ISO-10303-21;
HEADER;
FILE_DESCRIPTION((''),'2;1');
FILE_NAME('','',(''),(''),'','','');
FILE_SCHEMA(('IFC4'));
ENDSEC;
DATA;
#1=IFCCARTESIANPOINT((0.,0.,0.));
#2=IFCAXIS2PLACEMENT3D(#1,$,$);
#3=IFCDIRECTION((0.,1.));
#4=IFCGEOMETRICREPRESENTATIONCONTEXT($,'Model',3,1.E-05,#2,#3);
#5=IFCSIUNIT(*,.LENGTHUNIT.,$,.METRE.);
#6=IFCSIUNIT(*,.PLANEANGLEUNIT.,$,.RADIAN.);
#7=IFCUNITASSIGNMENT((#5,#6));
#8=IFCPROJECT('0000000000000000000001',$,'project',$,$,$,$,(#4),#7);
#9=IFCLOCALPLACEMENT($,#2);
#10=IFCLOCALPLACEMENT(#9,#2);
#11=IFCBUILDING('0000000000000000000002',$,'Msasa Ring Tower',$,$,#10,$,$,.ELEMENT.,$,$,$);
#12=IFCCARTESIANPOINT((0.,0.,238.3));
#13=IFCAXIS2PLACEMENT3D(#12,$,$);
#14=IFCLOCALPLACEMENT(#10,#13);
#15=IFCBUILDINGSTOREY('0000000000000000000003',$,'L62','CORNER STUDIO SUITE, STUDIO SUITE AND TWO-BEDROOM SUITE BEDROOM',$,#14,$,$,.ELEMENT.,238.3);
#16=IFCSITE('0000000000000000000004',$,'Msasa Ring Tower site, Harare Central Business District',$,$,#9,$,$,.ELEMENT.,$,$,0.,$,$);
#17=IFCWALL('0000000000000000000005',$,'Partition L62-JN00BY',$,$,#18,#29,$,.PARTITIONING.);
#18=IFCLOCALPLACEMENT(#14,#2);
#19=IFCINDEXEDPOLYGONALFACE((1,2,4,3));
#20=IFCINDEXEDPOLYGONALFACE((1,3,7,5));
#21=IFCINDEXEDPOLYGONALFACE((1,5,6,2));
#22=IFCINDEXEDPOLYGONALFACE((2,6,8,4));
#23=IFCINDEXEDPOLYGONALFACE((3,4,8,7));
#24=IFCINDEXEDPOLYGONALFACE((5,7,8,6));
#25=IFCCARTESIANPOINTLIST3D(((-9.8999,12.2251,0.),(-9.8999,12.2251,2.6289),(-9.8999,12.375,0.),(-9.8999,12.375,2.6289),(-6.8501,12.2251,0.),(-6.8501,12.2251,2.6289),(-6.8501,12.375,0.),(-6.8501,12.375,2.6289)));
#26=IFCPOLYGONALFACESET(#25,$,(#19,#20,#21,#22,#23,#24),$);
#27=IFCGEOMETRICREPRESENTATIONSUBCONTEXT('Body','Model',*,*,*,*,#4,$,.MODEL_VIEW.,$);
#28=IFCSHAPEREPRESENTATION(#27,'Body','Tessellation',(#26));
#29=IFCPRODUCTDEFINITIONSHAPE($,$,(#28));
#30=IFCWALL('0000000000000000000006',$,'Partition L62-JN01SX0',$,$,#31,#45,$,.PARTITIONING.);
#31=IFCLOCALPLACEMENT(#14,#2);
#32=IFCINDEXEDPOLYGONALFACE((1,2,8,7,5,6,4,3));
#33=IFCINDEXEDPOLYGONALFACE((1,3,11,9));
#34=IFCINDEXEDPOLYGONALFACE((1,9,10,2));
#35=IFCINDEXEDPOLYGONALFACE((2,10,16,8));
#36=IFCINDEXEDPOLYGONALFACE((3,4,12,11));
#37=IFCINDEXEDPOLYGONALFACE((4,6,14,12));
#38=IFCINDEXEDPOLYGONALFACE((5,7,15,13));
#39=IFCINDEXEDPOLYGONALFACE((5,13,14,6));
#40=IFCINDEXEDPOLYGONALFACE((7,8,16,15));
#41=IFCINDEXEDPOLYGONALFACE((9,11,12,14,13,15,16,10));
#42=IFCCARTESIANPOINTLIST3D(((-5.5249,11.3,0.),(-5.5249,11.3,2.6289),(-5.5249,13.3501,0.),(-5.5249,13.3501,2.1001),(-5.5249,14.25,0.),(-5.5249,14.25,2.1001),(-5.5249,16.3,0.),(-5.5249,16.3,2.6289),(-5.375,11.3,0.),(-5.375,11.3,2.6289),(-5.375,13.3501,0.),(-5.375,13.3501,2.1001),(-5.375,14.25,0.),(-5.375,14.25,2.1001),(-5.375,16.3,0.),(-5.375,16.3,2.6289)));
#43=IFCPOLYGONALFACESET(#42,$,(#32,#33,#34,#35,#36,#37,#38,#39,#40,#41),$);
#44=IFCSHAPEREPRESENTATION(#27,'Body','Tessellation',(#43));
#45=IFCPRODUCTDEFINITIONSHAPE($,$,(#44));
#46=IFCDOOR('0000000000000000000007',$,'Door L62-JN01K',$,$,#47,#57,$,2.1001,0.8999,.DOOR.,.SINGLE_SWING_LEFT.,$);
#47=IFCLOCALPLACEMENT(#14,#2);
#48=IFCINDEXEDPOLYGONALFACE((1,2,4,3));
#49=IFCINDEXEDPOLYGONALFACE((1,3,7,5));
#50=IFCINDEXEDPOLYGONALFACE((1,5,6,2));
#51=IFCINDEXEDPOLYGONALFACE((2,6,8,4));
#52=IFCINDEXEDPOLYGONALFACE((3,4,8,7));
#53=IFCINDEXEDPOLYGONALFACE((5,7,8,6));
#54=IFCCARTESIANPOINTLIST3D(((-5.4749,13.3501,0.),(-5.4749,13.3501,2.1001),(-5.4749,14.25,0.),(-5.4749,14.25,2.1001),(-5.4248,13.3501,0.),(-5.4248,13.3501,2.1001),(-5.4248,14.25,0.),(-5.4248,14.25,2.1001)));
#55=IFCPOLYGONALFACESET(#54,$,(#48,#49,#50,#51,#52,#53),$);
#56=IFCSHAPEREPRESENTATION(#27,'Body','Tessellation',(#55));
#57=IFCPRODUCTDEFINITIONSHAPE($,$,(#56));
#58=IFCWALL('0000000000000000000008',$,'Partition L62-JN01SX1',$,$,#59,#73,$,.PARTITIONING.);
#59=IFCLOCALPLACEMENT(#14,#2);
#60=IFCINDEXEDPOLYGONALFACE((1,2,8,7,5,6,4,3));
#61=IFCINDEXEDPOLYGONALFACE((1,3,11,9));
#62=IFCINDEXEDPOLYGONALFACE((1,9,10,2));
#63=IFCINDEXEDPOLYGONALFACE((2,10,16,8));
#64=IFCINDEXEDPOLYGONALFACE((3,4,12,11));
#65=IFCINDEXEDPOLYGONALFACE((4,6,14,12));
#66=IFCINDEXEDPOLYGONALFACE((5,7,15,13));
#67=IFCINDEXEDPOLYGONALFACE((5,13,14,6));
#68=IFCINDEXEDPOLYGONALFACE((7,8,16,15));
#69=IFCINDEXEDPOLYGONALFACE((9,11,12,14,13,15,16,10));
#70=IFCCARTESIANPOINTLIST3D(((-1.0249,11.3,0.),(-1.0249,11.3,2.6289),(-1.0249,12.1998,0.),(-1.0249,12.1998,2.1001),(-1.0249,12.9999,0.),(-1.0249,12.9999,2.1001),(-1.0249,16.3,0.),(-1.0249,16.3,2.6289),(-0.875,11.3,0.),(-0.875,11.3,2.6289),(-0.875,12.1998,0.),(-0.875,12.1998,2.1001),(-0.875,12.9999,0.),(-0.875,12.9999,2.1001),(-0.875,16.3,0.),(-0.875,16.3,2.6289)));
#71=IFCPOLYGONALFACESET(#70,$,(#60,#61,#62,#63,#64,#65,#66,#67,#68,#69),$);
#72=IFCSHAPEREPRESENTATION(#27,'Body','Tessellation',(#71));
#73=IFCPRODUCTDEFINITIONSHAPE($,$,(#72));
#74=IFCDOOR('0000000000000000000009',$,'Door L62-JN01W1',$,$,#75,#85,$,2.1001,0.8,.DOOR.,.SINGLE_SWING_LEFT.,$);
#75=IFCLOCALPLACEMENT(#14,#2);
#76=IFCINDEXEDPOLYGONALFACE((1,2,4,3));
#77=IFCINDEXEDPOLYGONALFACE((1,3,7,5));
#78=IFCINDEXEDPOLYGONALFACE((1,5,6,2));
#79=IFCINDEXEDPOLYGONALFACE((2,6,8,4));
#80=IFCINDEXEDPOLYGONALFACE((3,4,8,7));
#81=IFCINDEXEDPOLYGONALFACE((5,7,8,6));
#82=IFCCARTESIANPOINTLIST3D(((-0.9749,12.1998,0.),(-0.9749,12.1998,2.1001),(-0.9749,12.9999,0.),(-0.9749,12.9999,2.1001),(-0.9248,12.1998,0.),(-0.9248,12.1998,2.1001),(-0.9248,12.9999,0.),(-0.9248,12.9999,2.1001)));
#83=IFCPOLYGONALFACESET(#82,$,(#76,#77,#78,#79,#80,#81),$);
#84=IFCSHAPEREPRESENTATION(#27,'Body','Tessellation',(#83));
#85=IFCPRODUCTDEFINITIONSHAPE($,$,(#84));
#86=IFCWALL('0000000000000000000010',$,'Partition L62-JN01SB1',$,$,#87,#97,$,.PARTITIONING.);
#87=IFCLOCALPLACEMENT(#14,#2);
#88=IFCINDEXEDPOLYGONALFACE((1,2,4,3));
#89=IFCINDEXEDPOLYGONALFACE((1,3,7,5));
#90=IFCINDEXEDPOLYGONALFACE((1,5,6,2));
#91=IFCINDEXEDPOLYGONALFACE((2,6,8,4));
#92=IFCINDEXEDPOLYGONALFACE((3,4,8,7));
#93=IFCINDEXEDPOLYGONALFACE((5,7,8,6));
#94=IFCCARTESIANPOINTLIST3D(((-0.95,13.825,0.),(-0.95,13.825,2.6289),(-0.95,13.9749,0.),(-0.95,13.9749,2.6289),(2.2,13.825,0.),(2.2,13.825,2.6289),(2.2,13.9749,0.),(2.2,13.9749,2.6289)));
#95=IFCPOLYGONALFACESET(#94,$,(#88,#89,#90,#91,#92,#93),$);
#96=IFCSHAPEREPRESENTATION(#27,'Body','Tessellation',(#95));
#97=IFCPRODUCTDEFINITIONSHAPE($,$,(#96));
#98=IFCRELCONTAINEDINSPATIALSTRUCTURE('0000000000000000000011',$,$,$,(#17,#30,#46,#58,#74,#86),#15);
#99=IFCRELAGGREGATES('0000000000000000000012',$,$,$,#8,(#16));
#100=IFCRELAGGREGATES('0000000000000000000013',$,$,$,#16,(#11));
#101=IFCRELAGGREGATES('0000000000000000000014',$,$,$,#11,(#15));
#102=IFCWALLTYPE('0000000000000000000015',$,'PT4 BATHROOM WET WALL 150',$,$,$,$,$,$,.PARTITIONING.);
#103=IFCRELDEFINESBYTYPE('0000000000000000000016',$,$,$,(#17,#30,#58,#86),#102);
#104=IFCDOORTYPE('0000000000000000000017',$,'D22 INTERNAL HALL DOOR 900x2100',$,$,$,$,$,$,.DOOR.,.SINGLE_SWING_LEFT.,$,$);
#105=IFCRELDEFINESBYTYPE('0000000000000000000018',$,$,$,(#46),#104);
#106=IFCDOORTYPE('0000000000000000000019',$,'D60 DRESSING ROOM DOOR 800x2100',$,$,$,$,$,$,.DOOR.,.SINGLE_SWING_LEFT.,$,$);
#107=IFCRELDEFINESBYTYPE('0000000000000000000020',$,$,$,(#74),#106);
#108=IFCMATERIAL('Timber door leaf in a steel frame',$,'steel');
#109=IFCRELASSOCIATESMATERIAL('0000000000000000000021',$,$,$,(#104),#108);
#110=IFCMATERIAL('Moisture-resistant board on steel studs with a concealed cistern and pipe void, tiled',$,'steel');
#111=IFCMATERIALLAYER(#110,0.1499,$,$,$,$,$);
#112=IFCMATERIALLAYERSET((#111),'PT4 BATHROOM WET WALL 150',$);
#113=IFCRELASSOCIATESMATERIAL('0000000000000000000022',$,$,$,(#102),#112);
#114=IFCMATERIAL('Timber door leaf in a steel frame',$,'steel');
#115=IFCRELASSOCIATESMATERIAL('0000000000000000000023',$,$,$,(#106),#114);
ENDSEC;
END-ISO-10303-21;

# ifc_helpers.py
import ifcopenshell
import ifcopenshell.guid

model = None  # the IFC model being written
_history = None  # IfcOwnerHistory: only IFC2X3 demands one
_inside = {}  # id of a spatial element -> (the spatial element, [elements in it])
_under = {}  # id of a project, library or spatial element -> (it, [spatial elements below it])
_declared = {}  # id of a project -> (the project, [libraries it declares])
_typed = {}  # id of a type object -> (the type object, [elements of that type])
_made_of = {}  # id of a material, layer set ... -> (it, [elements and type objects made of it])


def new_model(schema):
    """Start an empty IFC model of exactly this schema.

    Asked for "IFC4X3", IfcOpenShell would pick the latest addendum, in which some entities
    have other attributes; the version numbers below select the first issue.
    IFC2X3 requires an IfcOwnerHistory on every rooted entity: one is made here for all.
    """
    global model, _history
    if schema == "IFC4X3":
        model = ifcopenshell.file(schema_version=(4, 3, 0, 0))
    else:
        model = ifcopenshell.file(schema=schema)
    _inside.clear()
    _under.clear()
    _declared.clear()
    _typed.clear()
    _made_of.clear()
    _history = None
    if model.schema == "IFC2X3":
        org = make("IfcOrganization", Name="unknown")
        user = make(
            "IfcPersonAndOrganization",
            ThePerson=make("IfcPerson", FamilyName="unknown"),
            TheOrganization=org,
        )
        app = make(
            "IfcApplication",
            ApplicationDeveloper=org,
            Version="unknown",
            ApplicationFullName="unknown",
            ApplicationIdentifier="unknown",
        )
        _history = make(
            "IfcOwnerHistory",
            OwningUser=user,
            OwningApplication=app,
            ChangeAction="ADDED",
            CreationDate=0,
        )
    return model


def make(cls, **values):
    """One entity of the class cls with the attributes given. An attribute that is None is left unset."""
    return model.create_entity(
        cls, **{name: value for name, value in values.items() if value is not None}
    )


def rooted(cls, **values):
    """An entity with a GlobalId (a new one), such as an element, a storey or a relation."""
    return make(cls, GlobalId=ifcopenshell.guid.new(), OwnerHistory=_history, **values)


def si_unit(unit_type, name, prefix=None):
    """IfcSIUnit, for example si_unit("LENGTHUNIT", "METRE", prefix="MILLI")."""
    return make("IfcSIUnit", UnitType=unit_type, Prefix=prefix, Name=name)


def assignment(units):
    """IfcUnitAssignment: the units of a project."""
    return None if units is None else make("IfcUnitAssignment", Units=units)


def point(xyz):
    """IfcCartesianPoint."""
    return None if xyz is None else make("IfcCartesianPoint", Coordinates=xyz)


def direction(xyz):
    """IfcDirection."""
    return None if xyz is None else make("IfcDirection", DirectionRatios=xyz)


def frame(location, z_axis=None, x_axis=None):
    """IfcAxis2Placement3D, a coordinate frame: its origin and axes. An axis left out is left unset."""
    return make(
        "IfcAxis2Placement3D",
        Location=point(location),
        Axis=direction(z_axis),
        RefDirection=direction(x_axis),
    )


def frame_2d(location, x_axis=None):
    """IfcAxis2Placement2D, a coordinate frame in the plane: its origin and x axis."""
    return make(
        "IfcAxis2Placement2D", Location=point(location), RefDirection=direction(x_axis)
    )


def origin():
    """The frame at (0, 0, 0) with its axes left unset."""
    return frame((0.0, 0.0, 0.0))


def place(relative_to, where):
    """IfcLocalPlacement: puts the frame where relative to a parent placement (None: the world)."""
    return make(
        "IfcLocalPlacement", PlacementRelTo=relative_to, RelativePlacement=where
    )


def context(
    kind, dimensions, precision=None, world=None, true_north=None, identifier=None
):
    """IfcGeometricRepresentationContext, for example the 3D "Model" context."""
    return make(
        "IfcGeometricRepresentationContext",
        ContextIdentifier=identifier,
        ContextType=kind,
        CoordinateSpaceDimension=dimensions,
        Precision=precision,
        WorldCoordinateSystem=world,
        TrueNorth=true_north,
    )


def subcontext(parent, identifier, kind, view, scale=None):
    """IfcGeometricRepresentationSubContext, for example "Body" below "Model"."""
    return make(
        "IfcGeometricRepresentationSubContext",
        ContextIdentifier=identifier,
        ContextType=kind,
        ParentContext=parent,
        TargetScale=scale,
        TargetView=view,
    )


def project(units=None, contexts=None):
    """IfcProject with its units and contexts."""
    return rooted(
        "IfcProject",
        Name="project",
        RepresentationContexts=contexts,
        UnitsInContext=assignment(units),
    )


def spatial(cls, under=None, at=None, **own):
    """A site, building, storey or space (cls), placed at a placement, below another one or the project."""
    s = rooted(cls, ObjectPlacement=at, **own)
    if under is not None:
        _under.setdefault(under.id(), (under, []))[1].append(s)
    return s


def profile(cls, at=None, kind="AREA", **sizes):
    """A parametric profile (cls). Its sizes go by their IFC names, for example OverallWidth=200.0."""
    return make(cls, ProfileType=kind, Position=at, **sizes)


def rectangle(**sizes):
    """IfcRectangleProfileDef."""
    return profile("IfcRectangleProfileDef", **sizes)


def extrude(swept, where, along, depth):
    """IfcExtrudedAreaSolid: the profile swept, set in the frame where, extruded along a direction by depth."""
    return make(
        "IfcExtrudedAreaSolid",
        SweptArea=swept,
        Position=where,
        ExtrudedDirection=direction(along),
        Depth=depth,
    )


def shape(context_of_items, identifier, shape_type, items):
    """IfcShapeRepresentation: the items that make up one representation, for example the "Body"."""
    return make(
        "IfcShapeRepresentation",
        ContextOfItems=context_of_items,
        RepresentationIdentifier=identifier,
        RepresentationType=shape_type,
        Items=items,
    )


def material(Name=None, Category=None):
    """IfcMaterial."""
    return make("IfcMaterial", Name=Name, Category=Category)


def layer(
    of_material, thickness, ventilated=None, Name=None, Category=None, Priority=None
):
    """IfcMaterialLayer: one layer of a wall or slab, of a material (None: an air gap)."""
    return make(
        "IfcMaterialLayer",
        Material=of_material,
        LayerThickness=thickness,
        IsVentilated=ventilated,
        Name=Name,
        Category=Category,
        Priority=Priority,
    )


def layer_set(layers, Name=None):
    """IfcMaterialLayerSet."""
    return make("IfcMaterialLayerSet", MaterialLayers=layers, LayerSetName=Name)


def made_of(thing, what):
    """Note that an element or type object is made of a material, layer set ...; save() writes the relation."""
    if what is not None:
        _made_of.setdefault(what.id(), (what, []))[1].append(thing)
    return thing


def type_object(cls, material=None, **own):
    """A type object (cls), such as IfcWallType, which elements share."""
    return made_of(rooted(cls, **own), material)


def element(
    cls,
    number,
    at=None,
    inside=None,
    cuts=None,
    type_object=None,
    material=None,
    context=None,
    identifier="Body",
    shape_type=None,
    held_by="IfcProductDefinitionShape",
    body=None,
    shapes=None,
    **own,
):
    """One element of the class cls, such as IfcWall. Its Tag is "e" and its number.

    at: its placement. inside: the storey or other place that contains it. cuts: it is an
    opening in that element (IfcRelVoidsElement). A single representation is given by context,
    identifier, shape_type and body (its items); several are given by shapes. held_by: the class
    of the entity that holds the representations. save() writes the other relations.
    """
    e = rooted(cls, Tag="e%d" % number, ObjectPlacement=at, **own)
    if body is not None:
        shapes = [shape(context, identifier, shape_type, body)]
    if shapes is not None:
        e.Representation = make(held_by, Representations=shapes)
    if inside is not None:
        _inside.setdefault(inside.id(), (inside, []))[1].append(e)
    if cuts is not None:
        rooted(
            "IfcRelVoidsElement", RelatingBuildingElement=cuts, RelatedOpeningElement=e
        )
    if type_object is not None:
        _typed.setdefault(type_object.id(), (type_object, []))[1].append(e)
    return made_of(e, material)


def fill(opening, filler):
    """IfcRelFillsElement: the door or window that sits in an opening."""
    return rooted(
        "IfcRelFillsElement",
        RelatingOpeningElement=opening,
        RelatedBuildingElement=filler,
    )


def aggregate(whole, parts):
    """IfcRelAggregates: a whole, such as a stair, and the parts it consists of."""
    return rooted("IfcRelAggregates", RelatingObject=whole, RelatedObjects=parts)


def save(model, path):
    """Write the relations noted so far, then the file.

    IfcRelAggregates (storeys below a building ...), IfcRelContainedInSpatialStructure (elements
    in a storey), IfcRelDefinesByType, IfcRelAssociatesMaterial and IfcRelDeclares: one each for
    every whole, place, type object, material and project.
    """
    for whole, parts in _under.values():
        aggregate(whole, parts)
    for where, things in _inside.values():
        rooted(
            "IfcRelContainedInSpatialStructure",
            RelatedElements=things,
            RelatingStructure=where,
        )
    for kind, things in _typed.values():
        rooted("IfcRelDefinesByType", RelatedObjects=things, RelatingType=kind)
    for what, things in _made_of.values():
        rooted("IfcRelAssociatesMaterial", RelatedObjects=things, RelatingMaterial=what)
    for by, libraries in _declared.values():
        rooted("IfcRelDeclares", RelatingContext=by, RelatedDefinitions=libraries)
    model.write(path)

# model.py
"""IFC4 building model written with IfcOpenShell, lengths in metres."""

from ifc_helpers import new_model, si_unit, direction, frame, frame_2d, origin, place, context, subcontext, project, spatial, rectangle, extrude, material, layer, layer_set, type_object, element, fill, save


model = new_model("IFC4")

# Units and contexts
model_context = context("Model", 3, precision=1e-05, world=origin(), true_north=direction((0.0, 1.0)))
body_context = subcontext(model_context, "Body", "Model", "MODEL_VIEW")
ifc_project = project(units=[si_unit("LENGTHUNIT", "METRE"), si_unit("PLANEANGLEUNIT", "RADIAN")], contexts=[model_context])

# Site, building, storey
site_placement = place(None, origin())
site = spatial("IfcSite", under=ifc_project, at=site_placement, Name="Msasa Ring Tower site, Harare Central Business District", CompositionType="ELEMENT", RefElevation=0.0)
building_placement = place(site_placement, origin())
building = spatial("IfcBuilding", under=site, at=building_placement, Name="Msasa Ring Tower", CompositionType="ELEMENT")
storey_placement = place(building_placement, frame((0.0, 0.0, 238.3)))
storey = spatial("IfcBuildingStorey", under=building, at=storey_placement, Name="L62", Description="CORNER STUDIO SUITE, STUDIO SUITE AND TWO-BEDROOM SUITE BEDROOM", CompositionType="ELEMENT", Elevation=238.3)

# Shared definitions
ifc_material_1 = material(Name="Timber door leaf in a steel frame", Category="steel")
door_type_1 = type_object("IfcDoorType", Name="D22 INTERNAL HALL DOOR 900x2100", OperationType="SINGLE_SWING_LEFT", PredefinedType="DOOR", material=ifc_material_1)

# Shared definitions
ifc_material_2 = material(Name="Moisture-resistant board on steel studs with a concealed cistern and pipe void, tiled", Category="steel")
ifc_layer_1 = layer(ifc_material_2, 0.1499)
ifc_layer_set_1 = layer_set([ifc_layer_1], Name="PT4 BATHROOM WET WALL 150")
wall_type_1 = type_object("IfcWallType", Name="PT4 BATHROOM WET WALL 150", PredefinedType="PARTITIONING", material=ifc_layer_set_1)

# Wall
wall_1_placement = place(storey_placement, frame((-9.8999, 12.3, 0.0), z_axis=(0.0, 0.0, 1.0), x_axis=(1.0, 0.0, 0.0)))
element("IfcWall", 1, at=wall_1_placement, inside=storey, type_object=wall_type_1, Name="Partition L62-JN00BY", PredefinedType="PARTITIONING", context=body_context, shape_type="SweptSolid", body=[
    extrude(rectangle(XDim=3.0498, YDim=0.1499, at=frame_2d((1.5249, 0.0))), origin(), (0.0, 0.0, 1.0), 2.6289),
])

# Walls, openings, doors
wall_2_placement = place(storey_placement, frame((-5.45, 11.3, 0.0), z_axis=(0.0, 0.0, 1.0), x_axis=(0.0, 1.0, 0.0)))
wall_2 = element("IfcWall", 2, at=wall_2_placement, inside=storey, type_object=wall_type_1, Name="Partition L62-JN01SX0", PredefinedType="PARTITIONING", context=body_context, shape_type="SweptSolid", body=[
    extrude(rectangle(XDim=5.0, YDim=0.1499, at=frame_2d((2.5, 0.0))), origin(), (0.0, 0.0, 1.0), 2.6289),
])
opening_1_placement = place(wall_2_placement, frame((2.05, 0.0, 0.0)))
opening_1 = element("IfcOpeningElement", 3, at=opening_1_placement, cuts=wall_2, PredefinedType="OPENING", context=body_context, shape_type="SweptSolid", body=[
    extrude(rectangle(XDim=0.8999, YDim=2.1001, at=frame_2d((0.45, 1.05))), frame((0.0, 0.085, 0.0), z_axis=(0.0, -1.0, 0.0), x_axis=(1.0, 0.0, 0.0)), (0.0, 0.0, 1.0), 0.1699),
])
door_1_placement = place(opening_1_placement, origin())
door_1 = element("IfcDoor", 4, at=door_1_placement, inside=storey, type_object=door_type_1, Name="Door L62-JN01K", OperationType="SINGLE_SWING_LEFT", OverallHeight=2.1001, OverallWidth=0.8999, PredefinedType="DOOR", context=body_context, shape_type="SweptSolid", body=[
    extrude(rectangle(XDim=0.8999, YDim=2.1001, at=frame_2d((0.45, 1.05))), frame((0.0, 0.0249, 0.0), z_axis=(0.0, -1.0, 0.0), x_axis=(1.0, 0.0, 0.0)), (0.0, 0.0, 1.0), 0.05),
])
fill(opening_1, door_1)
wall_3_placement = place(storey_placement, frame((-0.95, 11.3, 0.0), z_axis=(0.0, 0.0, 1.0), x_axis=(0.0, 1.0, 0.0)))
wall_3 = element("IfcWall", 5, at=wall_3_placement, inside=storey, type_object=wall_type_1, Name="Partition L62-JN01SX1", PredefinedType="PARTITIONING", context=body_context, shape_type="SweptSolid", body=[
    extrude(rectangle(XDim=5.0, YDim=0.1499, at=frame_2d((2.5, 0.0))), origin(), (0.0, 0.0, 1.0), 2.6289),
])
opening_2_placement = place(wall_3_placement, frame((0.8999, 0.0, 0.0)))
opening_2 = element("IfcOpeningElement", 6, at=opening_2_placement, cuts=wall_3, PredefinedType="OPENING", context=body_context, shape_type="SweptSolid", body=[
    extrude(rectangle(XDim=0.8, YDim=2.1001, at=frame_2d((0.3999, 1.05))), frame((0.0, 0.085, 0.0), z_axis=(0.0, -1.0, 0.0), x_axis=(1.0, 0.0, 0.0)), (0.0, 0.0, 1.0), 0.1699),
])
ifc_material_3 = material(Name="Timber door leaf in a steel frame", Category="steel")
door_type_2 = type_object("IfcDoorType", Name="D60 DRESSING ROOM DOOR 800x2100", OperationType="SINGLE_SWING_LEFT", PredefinedType="DOOR", material=ifc_material_3)
door_2_placement = place(opening_2_placement, origin())
door_2 = element("IfcDoor", 7, at=door_2_placement, inside=storey, type_object=door_type_2, Name="Door L62-JN01W1", OperationType="SINGLE_SWING_LEFT", OverallHeight=2.1001, OverallWidth=0.8, PredefinedType="DOOR", context=body_context, shape_type="SweptSolid", body=[
    extrude(rectangle(XDim=0.8, YDim=2.1001, at=frame_2d((0.3999, 1.05))), frame((0.0, 0.0249, 0.0), z_axis=(0.0, -1.0, 0.0), x_axis=(1.0, 0.0, 0.0)), (0.0, 0.0, 1.0), 0.05),
])
fill(opening_2, door_2)

# Wall
wall_4_placement = place(storey_placement, frame((-0.95, 13.8999, 0.0), z_axis=(0.0, 0.0, 1.0), x_axis=(1.0, 0.0, 0.0)))
element("IfcWall", 8, at=wall_4_placement, inside=storey, type_object=wall_type_1, Name="Partition L62-JN01SB1", PredefinedType="PARTITIONING", context=body_context, shape_type="SweptSolid", body=[
    extrude(rectangle(XDim=3.1499, YDim=0.1499, at=frame_2d((1.575, 0.0))), origin(), (0.0, 0.0, 1.0), 2.6289),
])

save(model, "model.ifc")
